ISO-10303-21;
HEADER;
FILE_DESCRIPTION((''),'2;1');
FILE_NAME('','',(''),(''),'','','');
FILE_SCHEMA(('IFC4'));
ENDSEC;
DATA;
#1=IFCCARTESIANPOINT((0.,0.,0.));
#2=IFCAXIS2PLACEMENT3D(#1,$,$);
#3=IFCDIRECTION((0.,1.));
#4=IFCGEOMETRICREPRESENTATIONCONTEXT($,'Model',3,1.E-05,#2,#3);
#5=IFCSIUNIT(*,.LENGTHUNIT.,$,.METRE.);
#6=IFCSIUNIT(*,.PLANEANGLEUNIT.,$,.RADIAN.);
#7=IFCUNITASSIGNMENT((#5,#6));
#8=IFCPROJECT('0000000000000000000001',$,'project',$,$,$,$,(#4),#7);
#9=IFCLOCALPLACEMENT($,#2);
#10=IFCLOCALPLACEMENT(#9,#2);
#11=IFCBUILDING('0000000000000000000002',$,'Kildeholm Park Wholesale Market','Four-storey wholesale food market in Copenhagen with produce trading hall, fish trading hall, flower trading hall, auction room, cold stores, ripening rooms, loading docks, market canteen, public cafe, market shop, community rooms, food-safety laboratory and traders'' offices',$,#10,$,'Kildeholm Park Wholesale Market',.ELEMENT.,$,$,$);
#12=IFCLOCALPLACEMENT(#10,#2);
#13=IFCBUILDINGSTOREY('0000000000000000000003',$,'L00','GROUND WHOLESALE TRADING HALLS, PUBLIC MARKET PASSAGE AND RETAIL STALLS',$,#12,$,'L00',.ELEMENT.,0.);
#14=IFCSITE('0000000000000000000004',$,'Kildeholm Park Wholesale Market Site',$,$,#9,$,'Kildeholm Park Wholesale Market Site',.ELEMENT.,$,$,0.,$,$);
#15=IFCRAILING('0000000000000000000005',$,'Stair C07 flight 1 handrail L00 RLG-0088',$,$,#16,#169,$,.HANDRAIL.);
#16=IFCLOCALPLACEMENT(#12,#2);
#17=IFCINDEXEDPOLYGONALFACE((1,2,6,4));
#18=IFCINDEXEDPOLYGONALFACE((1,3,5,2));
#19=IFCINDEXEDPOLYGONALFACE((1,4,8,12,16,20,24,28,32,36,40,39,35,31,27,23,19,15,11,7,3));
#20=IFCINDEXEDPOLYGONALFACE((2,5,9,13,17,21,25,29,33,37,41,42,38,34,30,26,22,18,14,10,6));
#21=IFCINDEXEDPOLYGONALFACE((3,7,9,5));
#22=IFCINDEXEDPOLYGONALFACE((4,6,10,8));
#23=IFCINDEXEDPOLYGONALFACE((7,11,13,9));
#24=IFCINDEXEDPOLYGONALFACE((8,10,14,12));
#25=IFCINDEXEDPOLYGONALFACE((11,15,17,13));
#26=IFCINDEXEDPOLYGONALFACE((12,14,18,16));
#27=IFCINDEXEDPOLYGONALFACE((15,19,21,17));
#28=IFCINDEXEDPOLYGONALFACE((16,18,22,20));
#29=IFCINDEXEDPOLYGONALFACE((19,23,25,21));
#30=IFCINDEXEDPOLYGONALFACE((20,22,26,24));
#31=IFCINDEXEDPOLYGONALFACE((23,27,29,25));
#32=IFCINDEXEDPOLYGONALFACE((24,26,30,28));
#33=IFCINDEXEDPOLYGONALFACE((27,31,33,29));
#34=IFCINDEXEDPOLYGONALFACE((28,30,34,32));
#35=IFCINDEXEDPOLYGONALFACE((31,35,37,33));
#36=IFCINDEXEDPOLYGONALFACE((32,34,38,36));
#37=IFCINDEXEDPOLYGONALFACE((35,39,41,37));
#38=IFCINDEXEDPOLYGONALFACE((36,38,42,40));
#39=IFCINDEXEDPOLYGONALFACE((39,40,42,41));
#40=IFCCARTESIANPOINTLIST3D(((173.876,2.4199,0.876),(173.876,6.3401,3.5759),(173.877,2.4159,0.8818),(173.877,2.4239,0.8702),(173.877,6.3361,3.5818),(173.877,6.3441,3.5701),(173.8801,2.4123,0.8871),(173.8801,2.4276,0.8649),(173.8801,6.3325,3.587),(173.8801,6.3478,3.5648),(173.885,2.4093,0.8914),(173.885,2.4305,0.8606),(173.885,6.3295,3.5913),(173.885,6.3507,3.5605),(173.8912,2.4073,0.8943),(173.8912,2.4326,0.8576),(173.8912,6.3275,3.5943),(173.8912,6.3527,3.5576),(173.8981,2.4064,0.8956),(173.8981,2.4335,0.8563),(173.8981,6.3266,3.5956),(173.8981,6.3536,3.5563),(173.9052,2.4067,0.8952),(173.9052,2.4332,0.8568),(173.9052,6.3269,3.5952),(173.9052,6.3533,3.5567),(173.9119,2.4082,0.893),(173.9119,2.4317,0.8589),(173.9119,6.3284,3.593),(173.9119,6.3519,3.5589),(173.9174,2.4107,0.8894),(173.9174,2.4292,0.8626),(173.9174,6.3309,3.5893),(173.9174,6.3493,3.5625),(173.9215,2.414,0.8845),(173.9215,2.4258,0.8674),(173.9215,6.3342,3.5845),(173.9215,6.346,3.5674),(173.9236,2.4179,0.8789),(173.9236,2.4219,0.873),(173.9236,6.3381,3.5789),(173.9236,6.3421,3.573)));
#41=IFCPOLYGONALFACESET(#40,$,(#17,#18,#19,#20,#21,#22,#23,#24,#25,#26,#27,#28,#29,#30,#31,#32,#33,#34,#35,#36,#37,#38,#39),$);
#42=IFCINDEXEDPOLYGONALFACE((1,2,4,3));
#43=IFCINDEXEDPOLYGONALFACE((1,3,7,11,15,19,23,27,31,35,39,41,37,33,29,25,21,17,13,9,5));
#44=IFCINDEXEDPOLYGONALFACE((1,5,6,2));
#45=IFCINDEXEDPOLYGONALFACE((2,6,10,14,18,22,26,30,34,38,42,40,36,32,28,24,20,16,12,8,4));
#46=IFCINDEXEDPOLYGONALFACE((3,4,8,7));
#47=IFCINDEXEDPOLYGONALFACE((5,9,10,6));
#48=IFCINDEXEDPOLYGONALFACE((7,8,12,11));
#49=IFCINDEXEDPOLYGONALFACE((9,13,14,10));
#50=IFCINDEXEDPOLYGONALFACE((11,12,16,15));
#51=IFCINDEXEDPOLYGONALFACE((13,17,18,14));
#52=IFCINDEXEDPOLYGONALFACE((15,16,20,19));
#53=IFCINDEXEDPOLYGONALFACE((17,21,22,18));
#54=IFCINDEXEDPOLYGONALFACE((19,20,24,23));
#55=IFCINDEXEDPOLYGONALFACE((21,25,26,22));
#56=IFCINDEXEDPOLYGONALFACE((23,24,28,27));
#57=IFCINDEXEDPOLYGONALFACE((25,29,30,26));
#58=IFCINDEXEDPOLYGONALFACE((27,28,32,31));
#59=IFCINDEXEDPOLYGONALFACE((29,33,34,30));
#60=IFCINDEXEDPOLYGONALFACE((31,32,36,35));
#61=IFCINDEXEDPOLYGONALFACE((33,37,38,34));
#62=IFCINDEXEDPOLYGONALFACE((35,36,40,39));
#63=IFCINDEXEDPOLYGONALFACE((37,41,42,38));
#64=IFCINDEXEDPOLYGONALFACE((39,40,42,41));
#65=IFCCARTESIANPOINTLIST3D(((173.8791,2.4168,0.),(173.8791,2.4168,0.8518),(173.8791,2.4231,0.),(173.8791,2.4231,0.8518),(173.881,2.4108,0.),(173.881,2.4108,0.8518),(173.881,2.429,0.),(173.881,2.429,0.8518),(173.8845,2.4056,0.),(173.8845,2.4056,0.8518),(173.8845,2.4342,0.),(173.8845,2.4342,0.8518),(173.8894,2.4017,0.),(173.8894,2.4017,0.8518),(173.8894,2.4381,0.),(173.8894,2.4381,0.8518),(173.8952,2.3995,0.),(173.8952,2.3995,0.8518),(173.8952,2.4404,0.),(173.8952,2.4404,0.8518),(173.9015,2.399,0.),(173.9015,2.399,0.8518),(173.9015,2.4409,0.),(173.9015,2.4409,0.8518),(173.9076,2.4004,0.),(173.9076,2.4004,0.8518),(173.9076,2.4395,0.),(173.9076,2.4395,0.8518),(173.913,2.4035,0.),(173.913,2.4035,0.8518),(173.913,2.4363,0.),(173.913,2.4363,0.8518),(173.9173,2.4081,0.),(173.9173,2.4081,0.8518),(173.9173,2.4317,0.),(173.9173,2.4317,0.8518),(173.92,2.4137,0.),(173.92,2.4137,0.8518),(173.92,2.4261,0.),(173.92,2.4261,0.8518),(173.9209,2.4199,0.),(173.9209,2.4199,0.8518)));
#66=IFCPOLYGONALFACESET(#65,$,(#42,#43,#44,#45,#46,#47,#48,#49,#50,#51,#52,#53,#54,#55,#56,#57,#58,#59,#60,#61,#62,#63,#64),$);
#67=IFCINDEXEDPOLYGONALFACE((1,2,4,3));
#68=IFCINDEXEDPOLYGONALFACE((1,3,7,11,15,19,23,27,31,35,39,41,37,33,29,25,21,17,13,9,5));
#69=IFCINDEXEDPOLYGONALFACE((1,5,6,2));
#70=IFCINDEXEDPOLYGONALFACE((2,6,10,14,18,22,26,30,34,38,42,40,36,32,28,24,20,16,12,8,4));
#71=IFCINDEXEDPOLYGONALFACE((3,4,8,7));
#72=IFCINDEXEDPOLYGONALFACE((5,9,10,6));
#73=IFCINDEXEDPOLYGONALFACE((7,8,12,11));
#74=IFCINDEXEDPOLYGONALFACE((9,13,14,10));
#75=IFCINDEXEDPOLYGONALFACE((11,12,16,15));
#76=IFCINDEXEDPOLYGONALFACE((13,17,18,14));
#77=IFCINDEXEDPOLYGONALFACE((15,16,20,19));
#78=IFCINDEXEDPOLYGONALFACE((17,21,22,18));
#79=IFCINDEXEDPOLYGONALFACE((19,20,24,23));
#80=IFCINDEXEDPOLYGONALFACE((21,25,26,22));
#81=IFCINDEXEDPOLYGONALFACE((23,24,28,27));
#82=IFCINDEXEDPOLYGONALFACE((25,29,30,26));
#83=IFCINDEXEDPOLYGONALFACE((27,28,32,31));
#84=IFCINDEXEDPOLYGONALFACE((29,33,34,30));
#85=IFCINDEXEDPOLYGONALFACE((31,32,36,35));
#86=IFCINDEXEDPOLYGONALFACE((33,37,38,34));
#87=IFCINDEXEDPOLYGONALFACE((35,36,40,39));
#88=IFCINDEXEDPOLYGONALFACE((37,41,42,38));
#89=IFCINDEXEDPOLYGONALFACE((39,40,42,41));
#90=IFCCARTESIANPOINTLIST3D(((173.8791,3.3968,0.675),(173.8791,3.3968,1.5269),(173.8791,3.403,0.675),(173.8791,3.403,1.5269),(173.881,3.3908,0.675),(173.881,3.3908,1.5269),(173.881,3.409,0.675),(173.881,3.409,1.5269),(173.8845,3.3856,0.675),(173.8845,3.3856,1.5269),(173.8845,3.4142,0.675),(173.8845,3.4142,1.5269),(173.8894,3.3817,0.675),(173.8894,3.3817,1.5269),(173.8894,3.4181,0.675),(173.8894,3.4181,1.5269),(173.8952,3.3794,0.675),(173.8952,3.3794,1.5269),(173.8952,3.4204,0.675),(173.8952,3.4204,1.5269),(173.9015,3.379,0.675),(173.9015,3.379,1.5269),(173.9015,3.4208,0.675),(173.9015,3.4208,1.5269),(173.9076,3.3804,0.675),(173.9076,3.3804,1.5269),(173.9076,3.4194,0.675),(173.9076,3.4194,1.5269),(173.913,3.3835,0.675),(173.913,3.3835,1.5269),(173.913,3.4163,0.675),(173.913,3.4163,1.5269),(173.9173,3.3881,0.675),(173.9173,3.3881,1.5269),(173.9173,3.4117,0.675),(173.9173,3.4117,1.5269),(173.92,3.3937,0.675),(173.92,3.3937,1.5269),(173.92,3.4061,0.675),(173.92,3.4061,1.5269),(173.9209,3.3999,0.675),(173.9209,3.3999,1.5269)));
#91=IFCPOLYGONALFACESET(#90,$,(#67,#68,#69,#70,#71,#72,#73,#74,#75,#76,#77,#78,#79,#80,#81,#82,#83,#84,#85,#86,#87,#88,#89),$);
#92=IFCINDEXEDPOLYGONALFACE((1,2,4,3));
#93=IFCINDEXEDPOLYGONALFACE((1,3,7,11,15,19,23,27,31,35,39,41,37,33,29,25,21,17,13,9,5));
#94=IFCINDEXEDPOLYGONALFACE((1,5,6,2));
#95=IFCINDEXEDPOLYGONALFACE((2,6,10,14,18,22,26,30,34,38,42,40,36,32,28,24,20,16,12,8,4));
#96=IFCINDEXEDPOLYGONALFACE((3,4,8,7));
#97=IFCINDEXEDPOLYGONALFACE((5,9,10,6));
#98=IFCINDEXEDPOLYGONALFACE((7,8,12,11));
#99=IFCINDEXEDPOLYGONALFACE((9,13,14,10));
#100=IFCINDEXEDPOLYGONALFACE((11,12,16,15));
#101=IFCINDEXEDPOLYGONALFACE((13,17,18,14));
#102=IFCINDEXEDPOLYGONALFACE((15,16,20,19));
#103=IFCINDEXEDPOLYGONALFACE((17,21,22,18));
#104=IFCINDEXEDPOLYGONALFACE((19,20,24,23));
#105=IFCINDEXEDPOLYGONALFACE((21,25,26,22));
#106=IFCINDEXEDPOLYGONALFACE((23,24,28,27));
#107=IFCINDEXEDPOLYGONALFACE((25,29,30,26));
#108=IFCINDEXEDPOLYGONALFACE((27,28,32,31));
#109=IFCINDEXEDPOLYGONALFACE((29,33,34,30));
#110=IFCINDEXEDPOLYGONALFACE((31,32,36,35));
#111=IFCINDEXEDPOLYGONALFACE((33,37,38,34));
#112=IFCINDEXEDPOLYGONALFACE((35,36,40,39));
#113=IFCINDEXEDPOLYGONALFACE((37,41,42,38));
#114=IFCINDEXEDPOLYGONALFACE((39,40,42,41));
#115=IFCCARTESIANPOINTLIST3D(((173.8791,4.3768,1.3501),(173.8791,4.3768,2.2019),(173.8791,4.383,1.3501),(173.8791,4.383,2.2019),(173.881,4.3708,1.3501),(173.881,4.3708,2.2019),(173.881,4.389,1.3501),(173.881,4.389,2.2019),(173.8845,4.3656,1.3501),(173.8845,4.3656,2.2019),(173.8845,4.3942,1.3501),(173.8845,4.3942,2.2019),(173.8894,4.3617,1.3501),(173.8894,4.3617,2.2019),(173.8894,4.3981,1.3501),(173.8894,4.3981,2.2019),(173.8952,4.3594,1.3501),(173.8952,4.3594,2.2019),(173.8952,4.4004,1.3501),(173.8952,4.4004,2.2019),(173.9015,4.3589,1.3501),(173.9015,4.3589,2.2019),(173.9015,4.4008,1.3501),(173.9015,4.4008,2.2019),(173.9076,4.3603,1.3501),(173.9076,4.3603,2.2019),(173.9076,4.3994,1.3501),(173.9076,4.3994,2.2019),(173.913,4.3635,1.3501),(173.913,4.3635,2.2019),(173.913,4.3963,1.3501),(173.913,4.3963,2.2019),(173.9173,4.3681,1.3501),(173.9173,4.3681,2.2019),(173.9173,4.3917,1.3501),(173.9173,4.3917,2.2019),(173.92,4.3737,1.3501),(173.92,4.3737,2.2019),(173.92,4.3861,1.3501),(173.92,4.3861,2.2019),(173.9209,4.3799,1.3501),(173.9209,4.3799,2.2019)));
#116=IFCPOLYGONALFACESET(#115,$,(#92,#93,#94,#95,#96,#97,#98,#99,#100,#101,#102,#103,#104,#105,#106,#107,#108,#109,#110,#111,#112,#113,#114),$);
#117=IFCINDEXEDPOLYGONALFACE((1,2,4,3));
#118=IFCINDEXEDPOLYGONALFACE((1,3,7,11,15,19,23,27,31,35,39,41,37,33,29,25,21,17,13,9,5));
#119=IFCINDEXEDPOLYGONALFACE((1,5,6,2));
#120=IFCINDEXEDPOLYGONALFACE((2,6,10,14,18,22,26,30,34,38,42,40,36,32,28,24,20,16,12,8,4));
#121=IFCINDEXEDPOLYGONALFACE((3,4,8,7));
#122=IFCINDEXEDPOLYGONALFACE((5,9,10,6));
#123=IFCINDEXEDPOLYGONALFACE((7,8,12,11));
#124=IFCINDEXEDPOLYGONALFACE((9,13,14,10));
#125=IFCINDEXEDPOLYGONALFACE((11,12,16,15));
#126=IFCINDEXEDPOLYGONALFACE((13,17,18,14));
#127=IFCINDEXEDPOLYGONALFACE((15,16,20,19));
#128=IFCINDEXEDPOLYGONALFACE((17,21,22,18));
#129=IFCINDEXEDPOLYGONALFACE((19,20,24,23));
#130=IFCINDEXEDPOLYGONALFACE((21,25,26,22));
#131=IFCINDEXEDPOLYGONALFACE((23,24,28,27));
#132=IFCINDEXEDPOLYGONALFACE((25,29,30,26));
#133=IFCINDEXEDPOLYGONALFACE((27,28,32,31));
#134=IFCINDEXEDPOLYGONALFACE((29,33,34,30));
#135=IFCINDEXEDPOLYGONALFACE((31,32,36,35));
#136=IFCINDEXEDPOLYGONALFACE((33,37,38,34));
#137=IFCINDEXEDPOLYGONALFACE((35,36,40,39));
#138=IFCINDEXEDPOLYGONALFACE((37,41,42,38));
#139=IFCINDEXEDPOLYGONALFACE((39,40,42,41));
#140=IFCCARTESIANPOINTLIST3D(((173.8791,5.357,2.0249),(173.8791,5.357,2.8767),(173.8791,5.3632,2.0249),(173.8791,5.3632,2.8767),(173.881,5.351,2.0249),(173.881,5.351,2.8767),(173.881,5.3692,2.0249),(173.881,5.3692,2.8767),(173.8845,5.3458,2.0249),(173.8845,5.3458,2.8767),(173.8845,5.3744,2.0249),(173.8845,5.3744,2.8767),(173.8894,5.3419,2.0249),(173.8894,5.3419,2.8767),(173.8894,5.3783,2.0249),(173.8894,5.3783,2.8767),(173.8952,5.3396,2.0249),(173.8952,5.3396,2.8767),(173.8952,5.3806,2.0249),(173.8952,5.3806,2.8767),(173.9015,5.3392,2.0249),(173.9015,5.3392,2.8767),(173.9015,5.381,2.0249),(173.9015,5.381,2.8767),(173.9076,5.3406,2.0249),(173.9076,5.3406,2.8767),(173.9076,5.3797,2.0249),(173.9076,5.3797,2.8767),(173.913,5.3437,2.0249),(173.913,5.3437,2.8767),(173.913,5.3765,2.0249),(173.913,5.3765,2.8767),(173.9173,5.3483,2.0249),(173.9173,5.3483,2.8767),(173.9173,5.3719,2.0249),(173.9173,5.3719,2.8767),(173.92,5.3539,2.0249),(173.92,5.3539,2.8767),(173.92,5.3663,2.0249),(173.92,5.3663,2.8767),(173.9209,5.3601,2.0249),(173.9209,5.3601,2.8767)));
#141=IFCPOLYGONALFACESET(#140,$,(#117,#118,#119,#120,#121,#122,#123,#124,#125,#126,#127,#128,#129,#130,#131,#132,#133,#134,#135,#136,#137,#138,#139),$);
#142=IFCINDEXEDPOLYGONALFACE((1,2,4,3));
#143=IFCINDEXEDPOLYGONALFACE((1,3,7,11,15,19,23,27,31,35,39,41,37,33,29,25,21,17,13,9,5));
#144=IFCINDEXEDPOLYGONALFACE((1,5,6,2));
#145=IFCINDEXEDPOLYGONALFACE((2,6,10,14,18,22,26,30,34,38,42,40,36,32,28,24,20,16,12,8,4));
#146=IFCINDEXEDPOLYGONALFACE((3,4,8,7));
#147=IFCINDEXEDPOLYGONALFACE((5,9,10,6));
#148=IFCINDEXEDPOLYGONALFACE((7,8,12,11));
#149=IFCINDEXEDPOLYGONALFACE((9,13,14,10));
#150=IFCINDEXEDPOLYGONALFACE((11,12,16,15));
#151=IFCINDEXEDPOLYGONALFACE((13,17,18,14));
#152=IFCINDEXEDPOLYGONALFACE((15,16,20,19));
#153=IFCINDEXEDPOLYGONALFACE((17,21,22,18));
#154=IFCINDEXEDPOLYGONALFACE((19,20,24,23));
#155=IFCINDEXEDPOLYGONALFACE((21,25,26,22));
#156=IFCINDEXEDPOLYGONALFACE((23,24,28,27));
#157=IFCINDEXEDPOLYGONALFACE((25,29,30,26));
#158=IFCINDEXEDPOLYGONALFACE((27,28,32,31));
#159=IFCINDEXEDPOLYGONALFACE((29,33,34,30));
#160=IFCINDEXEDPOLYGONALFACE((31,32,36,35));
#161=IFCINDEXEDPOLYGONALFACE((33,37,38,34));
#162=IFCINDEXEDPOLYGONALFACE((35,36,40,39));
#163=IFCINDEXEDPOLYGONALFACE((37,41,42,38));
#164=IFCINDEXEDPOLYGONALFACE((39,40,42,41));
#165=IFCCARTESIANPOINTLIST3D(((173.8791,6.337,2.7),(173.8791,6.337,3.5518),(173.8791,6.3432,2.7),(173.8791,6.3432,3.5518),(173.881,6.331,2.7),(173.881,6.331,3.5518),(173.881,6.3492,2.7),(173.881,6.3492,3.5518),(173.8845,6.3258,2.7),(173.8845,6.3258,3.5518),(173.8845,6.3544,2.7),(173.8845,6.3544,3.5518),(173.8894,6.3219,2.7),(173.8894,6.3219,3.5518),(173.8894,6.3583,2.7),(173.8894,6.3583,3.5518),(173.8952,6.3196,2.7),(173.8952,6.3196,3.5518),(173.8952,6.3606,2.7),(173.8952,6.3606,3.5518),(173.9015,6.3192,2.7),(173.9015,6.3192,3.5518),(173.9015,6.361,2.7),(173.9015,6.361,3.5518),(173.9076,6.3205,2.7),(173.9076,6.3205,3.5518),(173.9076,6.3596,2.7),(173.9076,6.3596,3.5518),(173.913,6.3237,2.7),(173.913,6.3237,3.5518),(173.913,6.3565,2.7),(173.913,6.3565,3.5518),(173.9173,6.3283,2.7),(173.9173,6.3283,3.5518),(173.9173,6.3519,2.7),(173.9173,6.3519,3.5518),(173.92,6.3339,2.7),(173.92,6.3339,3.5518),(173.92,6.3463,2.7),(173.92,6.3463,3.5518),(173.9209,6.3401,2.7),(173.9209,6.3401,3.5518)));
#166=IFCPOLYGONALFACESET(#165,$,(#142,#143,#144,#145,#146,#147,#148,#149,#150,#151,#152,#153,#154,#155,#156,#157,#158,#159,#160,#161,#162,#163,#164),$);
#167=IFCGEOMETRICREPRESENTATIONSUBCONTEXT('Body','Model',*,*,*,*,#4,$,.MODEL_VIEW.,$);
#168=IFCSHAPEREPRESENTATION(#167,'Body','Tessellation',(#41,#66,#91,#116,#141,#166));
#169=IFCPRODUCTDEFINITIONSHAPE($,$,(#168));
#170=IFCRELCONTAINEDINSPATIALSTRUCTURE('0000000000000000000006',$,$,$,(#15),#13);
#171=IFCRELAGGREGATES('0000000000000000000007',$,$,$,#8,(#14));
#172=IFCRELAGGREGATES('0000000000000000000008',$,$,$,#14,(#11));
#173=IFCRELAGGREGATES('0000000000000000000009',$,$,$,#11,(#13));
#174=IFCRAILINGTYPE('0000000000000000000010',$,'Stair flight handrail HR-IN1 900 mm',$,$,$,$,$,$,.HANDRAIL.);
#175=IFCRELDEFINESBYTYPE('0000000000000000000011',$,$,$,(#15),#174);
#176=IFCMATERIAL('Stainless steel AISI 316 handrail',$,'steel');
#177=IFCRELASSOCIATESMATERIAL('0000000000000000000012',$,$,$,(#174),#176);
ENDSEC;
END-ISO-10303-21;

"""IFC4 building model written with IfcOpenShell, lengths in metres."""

from ifc_helpers import new_model, si_unit, direction, frame, origin, origin_2d, place, context, subcontext, project, spatial, circle, extrude, material, type_object, element, save


model = new_model("IFC4")

# Units and contexts
model_context = context("Model", 3, precision=1e-05, world=origin(), true_north=direction((0.0, 1.0)))
body_context = subcontext(model_context, "Body", "Model", "MODEL_VIEW")
ifc_project = project(units=[si_unit("LENGTHUNIT", "METRE"), si_unit("PLANEANGLEUNIT", "RADIAN")], contexts=[model_context])

# Site, building, storey
site_placement = place(None, origin())
site = spatial("IfcSite", under=ifc_project, at=site_placement, Name="Kildeholm Park Wholesale Market Site", LongName="Kildeholm Park Wholesale Market Site", CompositionType="ELEMENT", RefElevation=0.0)
building_placement = place(site_placement, origin())
building = spatial("IfcBuilding", under=site, at=building_placement, Name="Kildeholm Park Wholesale Market", Description="Four-storey wholesale food market in Copenhagen with produce trading hall, fish trading hall, flower trading hall, auction room, cold stores, ripening rooms, loading docks, market canteen, public cafe, market shop, community rooms, food-safety laboratory and traders' offices", LongName="Kildeholm Park Wholesale Market", CompositionType="ELEMENT")
storey_placement = place(building_placement, origin())
storey = spatial("IfcBuildingStorey", under=building, at=storey_placement, Name="L00", Description="GROUND WHOLESALE TRADING HALLS, PUBLIC MARKET PASSAGE AND RETAIL STALLS", LongName="L00", CompositionType="ELEMENT", Elevation=0.0)

# Railing
ifc_material_1 = material(Name="Stainless steel AISI 316 handrail", Category="steel")
railing_type_1 = type_object("IfcRailingType", Name="Stair flight handrail HR-IN1 900 mm", PredefinedType="HANDRAIL", material=ifc_material_1)
railing_1_placement = place(storey_placement, frame((173.8999, 2.4199, 0.0)))
element("IfcRailing", 1, at=railing_1_placement, inside=storey, type_object=railing_type_1, Name="Stair C07 flight 1 handrail L00 RLG-0088", PredefinedType="HANDRAIL", context=body_context, shape_type="SweptSolid", body=[
    extrude(circle(Radius=0.0239, at=origin_2d()), frame((0.0, 0.0, 0.876), z_axis=(0.0, 0.823567, 0.567219), x_axis=(-1.0, 0.0, 0.0)), (0.0, 0.0, 1.0), 4.76),
    extrude(circle(Radius=0.021, at=origin_2d()), origin(), (0.0, 0.0, 1.0), 0.8518),
    extrude(circle(Radius=0.021, at=origin_2d()), frame((0.0, 0.98, 0.675)), (0.0, 0.0, 1.0), 0.8518),
    extrude(circle(Radius=0.021, at=origin_2d()), frame((0.0, 1.96, 1.3501)), (0.0, 0.0, 1.0), 0.8518),
    extrude(circle(Radius=0.021, at=origin_2d()), frame((0.0, 2.9402, 2.0249)), (0.0, 0.0, 1.0), 0.8518),
    extrude(circle(Radius=0.021, at=origin_2d()), frame((0.0, 3.9202, 2.7)), (0.0, 0.0, 1.0), 0.8518),
])

save(model, "model.ifc")
